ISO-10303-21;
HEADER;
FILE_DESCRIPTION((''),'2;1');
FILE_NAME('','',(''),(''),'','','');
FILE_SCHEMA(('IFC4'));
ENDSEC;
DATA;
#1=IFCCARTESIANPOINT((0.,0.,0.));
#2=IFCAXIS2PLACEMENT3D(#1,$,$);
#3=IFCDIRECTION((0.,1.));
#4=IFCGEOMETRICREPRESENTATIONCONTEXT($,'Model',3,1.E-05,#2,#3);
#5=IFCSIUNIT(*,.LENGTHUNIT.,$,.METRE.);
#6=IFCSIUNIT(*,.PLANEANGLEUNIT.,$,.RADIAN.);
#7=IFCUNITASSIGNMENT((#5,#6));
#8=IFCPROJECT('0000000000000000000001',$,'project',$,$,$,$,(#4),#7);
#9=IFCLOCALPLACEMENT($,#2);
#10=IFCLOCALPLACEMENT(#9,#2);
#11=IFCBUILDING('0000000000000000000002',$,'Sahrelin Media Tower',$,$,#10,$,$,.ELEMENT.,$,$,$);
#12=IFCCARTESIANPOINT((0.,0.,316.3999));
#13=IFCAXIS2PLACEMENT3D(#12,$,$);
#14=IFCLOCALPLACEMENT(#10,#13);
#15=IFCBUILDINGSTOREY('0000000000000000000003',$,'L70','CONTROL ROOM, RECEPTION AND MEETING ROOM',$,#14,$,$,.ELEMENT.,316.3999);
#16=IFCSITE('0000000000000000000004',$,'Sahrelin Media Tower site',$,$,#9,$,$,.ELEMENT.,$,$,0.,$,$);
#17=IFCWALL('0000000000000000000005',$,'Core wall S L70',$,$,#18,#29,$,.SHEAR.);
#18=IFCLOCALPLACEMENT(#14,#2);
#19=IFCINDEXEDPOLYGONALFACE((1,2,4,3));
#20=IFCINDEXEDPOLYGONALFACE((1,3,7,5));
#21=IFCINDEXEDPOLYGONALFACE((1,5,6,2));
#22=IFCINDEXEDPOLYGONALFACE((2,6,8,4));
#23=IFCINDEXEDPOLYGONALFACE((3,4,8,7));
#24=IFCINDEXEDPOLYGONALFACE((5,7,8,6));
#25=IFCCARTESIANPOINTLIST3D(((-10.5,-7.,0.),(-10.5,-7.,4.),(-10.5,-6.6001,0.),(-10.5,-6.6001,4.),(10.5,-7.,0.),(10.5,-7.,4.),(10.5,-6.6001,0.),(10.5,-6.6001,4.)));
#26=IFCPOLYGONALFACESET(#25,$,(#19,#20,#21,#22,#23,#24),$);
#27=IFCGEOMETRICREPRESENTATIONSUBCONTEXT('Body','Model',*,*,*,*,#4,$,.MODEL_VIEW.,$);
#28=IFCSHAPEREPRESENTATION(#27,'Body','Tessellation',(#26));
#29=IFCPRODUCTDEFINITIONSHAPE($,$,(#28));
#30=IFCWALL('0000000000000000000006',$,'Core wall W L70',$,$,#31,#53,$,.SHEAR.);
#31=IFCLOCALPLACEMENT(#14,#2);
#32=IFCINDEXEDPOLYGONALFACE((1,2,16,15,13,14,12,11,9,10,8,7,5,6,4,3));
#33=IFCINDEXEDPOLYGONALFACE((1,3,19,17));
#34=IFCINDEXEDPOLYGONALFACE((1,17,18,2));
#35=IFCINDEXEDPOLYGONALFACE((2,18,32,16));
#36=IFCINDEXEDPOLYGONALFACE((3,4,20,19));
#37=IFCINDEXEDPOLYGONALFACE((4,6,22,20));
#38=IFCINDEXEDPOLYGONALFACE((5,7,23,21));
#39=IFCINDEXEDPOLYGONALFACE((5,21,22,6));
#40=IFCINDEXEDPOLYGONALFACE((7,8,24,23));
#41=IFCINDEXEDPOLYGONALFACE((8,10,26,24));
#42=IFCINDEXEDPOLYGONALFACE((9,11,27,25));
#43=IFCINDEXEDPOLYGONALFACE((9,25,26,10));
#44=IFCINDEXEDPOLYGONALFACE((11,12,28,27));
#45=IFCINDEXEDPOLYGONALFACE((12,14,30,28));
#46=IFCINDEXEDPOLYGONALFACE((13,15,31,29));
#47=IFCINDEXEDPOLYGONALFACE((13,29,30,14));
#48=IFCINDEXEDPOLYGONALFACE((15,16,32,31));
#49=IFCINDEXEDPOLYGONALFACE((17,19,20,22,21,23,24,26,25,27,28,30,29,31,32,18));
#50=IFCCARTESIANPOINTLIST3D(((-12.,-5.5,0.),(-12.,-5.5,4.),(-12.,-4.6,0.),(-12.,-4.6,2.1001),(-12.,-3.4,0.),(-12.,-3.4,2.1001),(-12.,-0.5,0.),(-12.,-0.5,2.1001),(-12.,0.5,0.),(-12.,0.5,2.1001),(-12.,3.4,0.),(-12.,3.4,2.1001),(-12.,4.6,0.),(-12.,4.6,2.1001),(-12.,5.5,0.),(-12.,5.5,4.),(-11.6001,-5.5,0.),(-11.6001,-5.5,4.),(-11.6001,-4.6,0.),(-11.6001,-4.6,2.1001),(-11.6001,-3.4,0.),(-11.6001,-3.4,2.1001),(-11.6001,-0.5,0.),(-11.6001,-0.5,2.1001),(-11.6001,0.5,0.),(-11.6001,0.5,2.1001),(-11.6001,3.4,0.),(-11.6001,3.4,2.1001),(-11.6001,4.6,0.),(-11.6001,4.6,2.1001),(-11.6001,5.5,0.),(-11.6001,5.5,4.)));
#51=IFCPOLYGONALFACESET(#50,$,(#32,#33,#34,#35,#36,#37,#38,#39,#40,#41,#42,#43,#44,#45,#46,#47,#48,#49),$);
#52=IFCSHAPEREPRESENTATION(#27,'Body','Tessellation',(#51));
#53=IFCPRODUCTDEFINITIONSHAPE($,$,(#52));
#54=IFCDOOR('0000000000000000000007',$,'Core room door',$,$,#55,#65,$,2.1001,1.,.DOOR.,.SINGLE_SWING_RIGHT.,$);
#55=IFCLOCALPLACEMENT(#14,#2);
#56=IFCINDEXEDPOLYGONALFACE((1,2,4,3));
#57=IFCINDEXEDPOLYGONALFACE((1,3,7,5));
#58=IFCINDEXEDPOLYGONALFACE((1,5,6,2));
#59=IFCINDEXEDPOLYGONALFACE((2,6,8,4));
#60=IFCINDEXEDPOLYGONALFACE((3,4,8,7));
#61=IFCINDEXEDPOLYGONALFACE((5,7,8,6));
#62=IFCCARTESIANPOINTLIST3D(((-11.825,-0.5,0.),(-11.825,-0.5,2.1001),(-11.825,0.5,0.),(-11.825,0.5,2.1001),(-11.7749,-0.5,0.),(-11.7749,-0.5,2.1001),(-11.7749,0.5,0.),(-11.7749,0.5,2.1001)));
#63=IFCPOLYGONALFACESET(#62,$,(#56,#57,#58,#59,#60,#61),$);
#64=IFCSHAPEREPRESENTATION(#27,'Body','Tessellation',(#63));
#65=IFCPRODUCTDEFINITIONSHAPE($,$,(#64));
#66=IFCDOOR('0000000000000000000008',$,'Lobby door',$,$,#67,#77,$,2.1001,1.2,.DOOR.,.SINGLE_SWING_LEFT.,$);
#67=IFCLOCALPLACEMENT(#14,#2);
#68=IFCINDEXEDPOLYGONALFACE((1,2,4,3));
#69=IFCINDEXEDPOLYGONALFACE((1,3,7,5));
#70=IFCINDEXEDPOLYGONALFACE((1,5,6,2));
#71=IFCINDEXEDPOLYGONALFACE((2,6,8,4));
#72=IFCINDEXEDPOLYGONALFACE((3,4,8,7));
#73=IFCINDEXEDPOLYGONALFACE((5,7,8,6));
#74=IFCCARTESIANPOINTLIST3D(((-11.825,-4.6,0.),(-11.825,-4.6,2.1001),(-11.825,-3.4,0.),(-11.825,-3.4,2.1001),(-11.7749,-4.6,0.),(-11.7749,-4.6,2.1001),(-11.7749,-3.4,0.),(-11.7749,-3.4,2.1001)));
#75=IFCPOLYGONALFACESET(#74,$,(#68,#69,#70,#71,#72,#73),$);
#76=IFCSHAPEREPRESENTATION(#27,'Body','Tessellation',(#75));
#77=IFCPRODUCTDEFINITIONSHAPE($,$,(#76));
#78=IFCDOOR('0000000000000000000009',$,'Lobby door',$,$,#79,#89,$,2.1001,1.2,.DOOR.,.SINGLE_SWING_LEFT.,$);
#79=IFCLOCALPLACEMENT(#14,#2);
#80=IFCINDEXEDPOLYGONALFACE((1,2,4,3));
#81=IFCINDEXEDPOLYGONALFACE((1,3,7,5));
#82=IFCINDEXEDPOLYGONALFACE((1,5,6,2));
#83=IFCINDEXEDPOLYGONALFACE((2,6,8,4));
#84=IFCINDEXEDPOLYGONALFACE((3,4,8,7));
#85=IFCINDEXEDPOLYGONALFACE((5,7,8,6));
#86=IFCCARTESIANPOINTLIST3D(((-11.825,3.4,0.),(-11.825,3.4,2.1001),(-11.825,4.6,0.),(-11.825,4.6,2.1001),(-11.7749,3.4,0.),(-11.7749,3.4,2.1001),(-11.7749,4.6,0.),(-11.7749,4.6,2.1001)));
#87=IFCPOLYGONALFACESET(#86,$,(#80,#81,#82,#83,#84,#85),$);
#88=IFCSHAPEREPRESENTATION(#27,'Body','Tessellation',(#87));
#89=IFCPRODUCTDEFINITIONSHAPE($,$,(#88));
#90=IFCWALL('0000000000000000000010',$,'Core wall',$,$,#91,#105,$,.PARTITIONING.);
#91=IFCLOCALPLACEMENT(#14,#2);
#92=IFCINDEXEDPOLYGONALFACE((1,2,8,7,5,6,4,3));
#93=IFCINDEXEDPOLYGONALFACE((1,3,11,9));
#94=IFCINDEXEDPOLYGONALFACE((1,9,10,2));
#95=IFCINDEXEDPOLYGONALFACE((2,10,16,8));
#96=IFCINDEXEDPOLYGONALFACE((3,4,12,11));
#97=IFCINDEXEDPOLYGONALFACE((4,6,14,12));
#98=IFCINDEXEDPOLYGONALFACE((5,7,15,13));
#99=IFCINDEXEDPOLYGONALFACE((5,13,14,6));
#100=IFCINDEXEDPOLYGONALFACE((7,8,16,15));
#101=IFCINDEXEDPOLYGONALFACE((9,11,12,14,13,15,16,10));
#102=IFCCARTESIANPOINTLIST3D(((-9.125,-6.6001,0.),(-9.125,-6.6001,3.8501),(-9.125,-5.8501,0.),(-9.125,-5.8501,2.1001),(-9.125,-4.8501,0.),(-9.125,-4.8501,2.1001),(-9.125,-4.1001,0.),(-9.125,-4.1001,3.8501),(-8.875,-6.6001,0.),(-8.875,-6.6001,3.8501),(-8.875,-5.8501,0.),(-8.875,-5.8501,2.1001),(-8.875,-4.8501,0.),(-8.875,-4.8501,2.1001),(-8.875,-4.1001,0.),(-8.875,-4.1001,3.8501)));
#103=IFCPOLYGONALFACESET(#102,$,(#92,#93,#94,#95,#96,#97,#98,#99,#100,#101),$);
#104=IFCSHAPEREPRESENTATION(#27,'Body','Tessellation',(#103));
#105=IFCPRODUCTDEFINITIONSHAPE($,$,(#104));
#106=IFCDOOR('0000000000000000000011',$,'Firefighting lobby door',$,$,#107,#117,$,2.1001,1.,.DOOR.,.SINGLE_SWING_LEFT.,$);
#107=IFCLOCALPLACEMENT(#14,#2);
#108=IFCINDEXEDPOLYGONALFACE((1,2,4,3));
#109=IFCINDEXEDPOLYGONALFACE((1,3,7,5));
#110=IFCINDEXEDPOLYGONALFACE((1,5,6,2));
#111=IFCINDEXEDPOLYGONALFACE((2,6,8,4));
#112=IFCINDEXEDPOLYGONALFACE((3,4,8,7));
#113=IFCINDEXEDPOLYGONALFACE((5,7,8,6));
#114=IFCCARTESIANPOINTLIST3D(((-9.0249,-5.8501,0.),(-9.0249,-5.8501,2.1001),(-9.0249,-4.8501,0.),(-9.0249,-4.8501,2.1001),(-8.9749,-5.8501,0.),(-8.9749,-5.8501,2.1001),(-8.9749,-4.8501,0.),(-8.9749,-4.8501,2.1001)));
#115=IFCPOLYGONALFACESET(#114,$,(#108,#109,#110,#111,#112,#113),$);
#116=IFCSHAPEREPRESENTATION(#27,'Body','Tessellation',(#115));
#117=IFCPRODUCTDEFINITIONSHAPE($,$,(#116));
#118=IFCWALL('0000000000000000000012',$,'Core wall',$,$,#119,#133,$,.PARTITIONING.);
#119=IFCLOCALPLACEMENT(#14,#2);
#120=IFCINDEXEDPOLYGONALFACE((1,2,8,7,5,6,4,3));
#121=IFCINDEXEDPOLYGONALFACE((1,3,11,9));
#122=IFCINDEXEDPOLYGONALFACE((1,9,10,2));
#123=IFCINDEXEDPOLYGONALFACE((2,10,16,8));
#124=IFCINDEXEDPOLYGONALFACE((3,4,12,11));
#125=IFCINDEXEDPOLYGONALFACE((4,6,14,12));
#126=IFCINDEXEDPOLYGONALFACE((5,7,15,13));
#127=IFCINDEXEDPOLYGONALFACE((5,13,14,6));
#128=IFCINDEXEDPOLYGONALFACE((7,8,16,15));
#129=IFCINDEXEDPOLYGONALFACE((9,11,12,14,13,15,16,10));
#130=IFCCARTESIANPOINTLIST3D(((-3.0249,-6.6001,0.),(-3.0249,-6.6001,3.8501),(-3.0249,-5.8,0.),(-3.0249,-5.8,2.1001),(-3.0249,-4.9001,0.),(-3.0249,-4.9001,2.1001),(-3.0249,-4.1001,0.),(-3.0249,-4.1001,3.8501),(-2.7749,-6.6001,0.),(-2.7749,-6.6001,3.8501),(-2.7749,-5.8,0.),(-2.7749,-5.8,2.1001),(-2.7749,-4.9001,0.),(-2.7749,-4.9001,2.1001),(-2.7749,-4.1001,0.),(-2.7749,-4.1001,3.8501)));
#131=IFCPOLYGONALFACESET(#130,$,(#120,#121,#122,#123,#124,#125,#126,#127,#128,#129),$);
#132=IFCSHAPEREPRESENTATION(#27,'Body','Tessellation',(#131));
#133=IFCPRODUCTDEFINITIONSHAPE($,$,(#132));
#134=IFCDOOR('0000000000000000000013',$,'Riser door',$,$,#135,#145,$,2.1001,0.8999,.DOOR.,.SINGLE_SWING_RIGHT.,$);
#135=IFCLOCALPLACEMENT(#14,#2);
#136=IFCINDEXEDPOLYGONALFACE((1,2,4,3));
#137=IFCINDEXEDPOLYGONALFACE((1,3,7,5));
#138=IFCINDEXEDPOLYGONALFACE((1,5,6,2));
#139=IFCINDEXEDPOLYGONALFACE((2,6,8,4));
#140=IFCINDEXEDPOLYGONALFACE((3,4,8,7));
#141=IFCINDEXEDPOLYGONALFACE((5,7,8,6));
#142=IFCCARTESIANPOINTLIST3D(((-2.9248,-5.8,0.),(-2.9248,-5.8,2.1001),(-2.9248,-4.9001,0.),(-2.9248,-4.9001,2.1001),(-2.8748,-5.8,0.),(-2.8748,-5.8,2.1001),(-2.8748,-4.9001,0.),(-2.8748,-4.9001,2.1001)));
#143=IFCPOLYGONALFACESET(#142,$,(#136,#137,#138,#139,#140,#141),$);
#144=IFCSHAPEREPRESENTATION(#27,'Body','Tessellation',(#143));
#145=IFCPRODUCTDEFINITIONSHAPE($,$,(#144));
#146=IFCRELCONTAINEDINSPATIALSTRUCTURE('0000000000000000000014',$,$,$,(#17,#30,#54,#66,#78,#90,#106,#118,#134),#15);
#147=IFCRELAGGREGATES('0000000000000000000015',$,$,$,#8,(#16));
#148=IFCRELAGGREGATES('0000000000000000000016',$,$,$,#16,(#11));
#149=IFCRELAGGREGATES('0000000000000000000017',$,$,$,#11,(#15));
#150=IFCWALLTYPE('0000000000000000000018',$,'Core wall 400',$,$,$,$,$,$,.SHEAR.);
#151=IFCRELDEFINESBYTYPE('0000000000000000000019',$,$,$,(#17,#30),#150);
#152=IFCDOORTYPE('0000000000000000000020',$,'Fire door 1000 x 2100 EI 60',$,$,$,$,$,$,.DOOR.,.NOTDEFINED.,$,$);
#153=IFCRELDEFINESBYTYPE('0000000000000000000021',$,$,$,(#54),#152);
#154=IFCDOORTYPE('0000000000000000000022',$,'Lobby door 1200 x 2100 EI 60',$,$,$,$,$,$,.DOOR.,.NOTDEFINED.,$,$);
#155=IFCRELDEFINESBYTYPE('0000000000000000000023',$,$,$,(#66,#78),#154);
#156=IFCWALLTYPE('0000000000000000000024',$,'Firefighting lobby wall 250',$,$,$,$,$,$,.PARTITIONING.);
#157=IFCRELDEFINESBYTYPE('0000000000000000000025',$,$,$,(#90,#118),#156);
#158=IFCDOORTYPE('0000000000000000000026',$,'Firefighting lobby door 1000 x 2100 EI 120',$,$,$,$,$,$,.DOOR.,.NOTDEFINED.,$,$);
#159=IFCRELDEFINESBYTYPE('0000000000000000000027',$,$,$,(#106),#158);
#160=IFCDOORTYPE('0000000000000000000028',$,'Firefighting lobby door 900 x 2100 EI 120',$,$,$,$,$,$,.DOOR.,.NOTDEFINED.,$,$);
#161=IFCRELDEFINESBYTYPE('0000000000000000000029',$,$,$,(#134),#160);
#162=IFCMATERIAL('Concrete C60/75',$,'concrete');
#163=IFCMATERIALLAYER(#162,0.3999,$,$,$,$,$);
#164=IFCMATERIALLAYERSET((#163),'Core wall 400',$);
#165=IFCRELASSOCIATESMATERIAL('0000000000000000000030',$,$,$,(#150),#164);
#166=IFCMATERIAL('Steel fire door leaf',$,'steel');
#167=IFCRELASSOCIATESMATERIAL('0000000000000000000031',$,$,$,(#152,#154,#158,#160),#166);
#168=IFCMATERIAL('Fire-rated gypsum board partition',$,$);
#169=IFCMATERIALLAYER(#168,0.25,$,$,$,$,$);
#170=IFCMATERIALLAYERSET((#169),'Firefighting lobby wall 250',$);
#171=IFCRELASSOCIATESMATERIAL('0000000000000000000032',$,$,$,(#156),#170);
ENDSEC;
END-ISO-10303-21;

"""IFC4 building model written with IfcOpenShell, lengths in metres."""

from ifc_helpers import new_model, si_unit, direction, frame, frame_2d, origin, place, context, subcontext, project, spatial, rectangle, extrude, material, layer, layer_set, type_object, element, fill, save


model = new_model("IFC4")

# Units and contexts
model_context = context("Model", 3, precision=1e-05, world=origin(), true_north=direction((0.0, 1.0)))
body_context = subcontext(model_context, "Body", "Model", "MODEL_VIEW")
ifc_project = project(units=[si_unit("LENGTHUNIT", "METRE"), si_unit("PLANEANGLEUNIT", "RADIAN")], contexts=[model_context])

# Site, building, storey
site_placement = place(None, origin())
site = spatial("IfcSite", under=ifc_project, at=site_placement, Name="Sahrelin Media Tower site", CompositionType="ELEMENT", RefElevation=0.0)
building_placement = place(site_placement, origin())
building = spatial("IfcBuilding", under=site, at=building_placement, Name="Sahrelin Media Tower", CompositionType="ELEMENT")
storey_placement = place(building_placement, frame((0.0, 0.0, 316.3999)))
storey = spatial("IfcBuildingStorey", under=building, at=storey_placement, Name="L70", Description="CONTROL ROOM, RECEPTION AND MEETING ROOM", CompositionType="ELEMENT", Elevation=316.3999)

# Wall
ifc_material_1 = material(Name="Concrete C60/75", Category="concrete")
ifc_layer_1 = layer(ifc_material_1, 0.3999)
ifc_layer_set_1 = layer_set([ifc_layer_1], Name="Core wall 400")
wall_type_1 = type_object("IfcWallType", Name="Core wall 400", PredefinedType="SHEAR", material=ifc_layer_set_1)
wall_1_placement = place(storey_placement, frame((-10.5, -6.8, 0.0), z_axis=(0.0, 0.0, 1.0), x_axis=(1.0, 0.0, 0.0)))
element("IfcWall", 1, at=wall_1_placement, inside=storey, type_object=wall_type_1, Name="Core wall S L70", PredefinedType="SHEAR", context=body_context, shape_type="SweptSolid", body=[
    extrude(rectangle(XDim=21.0, YDim=0.3999, at=frame_2d((10.5, 0.0))), origin(), (0.0, 0.0, 1.0), 4.0),
])

# Wall, openings, doors
wall_2_placement = place(storey_placement, frame((-11.8, -5.5, 0.0), z_axis=(0.0, 0.0, 1.0), x_axis=(0.0, 1.0, 0.0)))
wall_2 = element("IfcWall", 2, at=wall_2_placement, inside=storey, type_object=wall_type_1, Name="Core wall W L70", PredefinedType="SHEAR", context=body_context, shape_type="SweptSolid", body=[
    extrude(rectangle(XDim=11.0, YDim=0.3999, at=frame_2d((5.5, 0.0))), origin(), (0.0, 0.0, 1.0), 4.0),
])
opening_1_placement = place(wall_2_placement, frame((5.0, 0.0, 0.0)))
opening_1 = element("IfcOpeningElement", 3, at=opening_1_placement, cuts=wall_2, PredefinedType="OPENING", context=body_context, shape_type="SweptSolid", body=[
    extrude(rectangle(XDim=1.0, YDim=2.1001, at=frame_2d((0.5, 1.05))), frame((0.0, 0.2, 0.0), z_axis=(0.0, -1.0, 0.0), x_axis=(1.0, 0.0, 0.0)), (0.0, 0.0, 1.0), 0.3999),
])
opening_2_placement = place(wall_2_placement, frame((0.8999, 0.0, 0.0)))
opening_2 = element("IfcOpeningElement", 4, at=opening_2_placement, cuts=wall_2, PredefinedType="OPENING", context=body_context, shape_type="SweptSolid", body=[
    extrude(rectangle(XDim=1.2, YDim=2.1001, at=frame_2d((0.6001, 1.05))), frame((0.0, 0.2, 0.0), z_axis=(0.0, -1.0, 0.0), x_axis=(1.0, 0.0, 0.0)), (0.0, 0.0, 1.0), 0.3999),
])
opening_3_placement = place(wall_2_placement, frame((8.8999, 0.0, 0.0)))
opening_3 = element("IfcOpeningElement", 5, at=opening_3_placement, cuts=wall_2, PredefinedType="OPENING", context=body_context, shape_type="SweptSolid", body=[
    extrude(rectangle(XDim=1.2, YDim=2.1001, at=frame_2d((0.6001, 1.05))), frame((0.0, 0.2, 0.0), z_axis=(0.0, -1.0, 0.0), x_axis=(1.0, 0.0, 0.0)), (0.0, 0.0, 1.0), 0.3999),
])
ifc_material_2 = material(Name="Steel fire door leaf", Category="steel")
door_type_1 = type_object("IfcDoorType", Name="Fire door 1000 x 2100 EI 60", OperationType="NOTDEFINED", PredefinedType="DOOR", material=ifc_material_2)
door_1_placement = place(opening_1_placement, origin())
door_1 = element("IfcDoor", 6, at=door_1_placement, inside=storey, type_object=door_type_1, Name="Core room door", OperationType="SINGLE_SWING_RIGHT", OverallHeight=2.1001, OverallWidth=1.0, PredefinedType="DOOR", context=body_context, shape_type="SweptSolid", body=[
    extrude(rectangle(XDim=1.0, YDim=2.1001, at=frame_2d((0.5, 1.05))), frame((0.0, 0.0249, 0.0), z_axis=(0.0, -1.0, 0.0), x_axis=(1.0, 0.0, 0.0)), (0.0, 0.0, 1.0), 0.05),
])
fill(opening_1, door_1)
door_type_2 = type_object("IfcDoorType", Name="Lobby door 1200 x 2100 EI 60", OperationType="NOTDEFINED", PredefinedType="DOOR", material=ifc_material_2)
door_2_placement = place(opening_2_placement, origin())
door_2 = element("IfcDoor", 7, at=door_2_placement, inside=storey, type_object=door_type_2, Name="Lobby door", OperationType="SINGLE_SWING_LEFT", OverallHeight=2.1001, OverallWidth=1.2, PredefinedType="DOOR", context=body_context, shape_type="SweptSolid", body=[
    extrude(rectangle(XDim=1.2, YDim=2.1001, at=frame_2d((0.6001, 1.05))), frame((0.0, 0.0249, 0.0), z_axis=(0.0, -1.0, 0.0), x_axis=(1.0, 0.0, 0.0)), (0.0, 0.0, 1.0), 0.05),
])
fill(opening_2, door_2)
door_3_placement = place(opening_3_placement, origin())
door_3 = element("IfcDoor", 8, at=door_3_placement, inside=storey, type_object=door_type_2, Name="Lobby door", OperationType="SINGLE_SWING_LEFT", OverallHeight=2.1001, OverallWidth=1.2, PredefinedType="DOOR", context=body_context, shape_type="SweptSolid", body=[
    extrude(rectangle(XDim=1.2, YDim=2.1001, at=frame_2d((0.6001, 1.05))), frame((0.0, 0.0249, 0.0), z_axis=(0.0, -1.0, 0.0), x_axis=(1.0, 0.0, 0.0)), (0.0, 0.0, 1.0), 0.05),
])
fill(opening_3, door_3)

# Walls, openings, doors
ifc_material_3 = material(Name="Fire-rated gypsum board partition")
ifc_layer_2 = layer(ifc_material_3, 0.25)
ifc_layer_set_2 = layer_set([ifc_layer_2], Name="Firefighting lobby wall 250")
wall_type_2 = type_object("IfcWallType", Name="Firefighting lobby wall 250", PredefinedType="PARTITIONING", material=ifc_layer_set_2)
wall_3_placement = place(storey_placement, frame((-9.0, -6.6001, 0.0), z_axis=(0.0, 0.0, 1.0), x_axis=(0.0, 1.0, 0.0)))
wall_3 = element("IfcWall", 9, at=wall_3_placement, inside=storey, type_object=wall_type_2, Name="Core wall", PredefinedType="PARTITIONING", context=body_context, shape_type="SweptSolid", body=[
    extrude(rectangle(XDim=2.5, YDim=0.25, at=frame_2d((1.25, 0.0))), origin(), (0.0, 0.0, 1.0), 3.8501),
])
opening_4_placement = place(wall_3_placement, frame((0.75, 0.0, 0.0)))
opening_4 = element("IfcOpeningElement", 10, at=opening_4_placement, cuts=wall_3, PredefinedType="OPENING", context=body_context, shape_type="SweptSolid", body=[
    extrude(rectangle(XDim=1.0, YDim=2.1001, at=frame_2d((0.5, 1.05))), frame((0.0, 0.125, 0.0), z_axis=(0.0, -1.0, 0.0), x_axis=(1.0, 0.0, 0.0)), (0.0, 0.0, 1.0), 0.25),
])
door_type_3 = type_object("IfcDoorType", Name="Firefighting lobby door 1000 x 2100 EI 120", OperationType="NOTDEFINED", PredefinedType="DOOR", material=ifc_material_2)
door_4_placement = place(opening_4_placement, origin())
door_4 = element("IfcDoor", 11, at=door_4_placement, inside=storey, type_object=door_type_3, Name="Firefighting lobby door", OperationType="SINGLE_SWING_LEFT", OverallHeight=2.1001, OverallWidth=1.0, PredefinedType="DOOR", context=body_context, shape_type="SweptSolid", body=[
    extrude(rectangle(XDim=1.0, YDim=2.1001, at=frame_2d((0.5, 1.05))), frame((0.0, 0.0249, 0.0), z_axis=(0.0, -1.0, 0.0), x_axis=(1.0, 0.0, 0.0)), (0.0, 0.0, 1.0), 0.05),
])
fill(opening_4, door_4)
wall_4_placement = place(storey_placement, frame((-2.8999, -6.6001, 0.0), z_axis=(0.0, 0.0, 1.0), x_axis=(0.0, 1.0, 0.0)))
wall_4 = element("IfcWall", 12, at=wall_4_placement, inside=storey, type_object=wall_type_2, Name="Core wall", PredefinedType="PARTITIONING", context=body_context, shape_type="SweptSolid", body=[
    extrude(rectangle(XDim=2.5, YDim=0.25, at=frame_2d((1.25, 0.0))), origin(), (0.0, 0.0, 1.0), 3.8501),
])
opening_5_placement = place(wall_4_placement, frame((0.8, 0.0, 0.0)))
opening_5 = element("IfcOpeningElement", 13, at=opening_5_placement, cuts=wall_4, PredefinedType="OPENING", context=body_context, shape_type="SweptSolid", body=[
    extrude(rectangle(XDim=0.8999, YDim=2.1001, at=frame_2d((0.45, 1.05))), frame((0.0, 0.125, 0.0), z_axis=(0.0, -1.0, 0.0), x_axis=(1.0, 0.0, 0.0)), (0.0, 0.0, 1.0), 0.25),
])
door_type_4 = type_object("IfcDoorType", Name="Firefighting lobby door 900 x 2100 EI 120", OperationType="NOTDEFINED", PredefinedType="DOOR", material=ifc_material_2)
door_5_placement = place(opening_5_placement, origin())
door_5 = element("IfcDoor", 14, at=door_5_placement, inside=storey, type_object=door_type_4, Name="Riser door", OperationType="SINGLE_SWING_RIGHT", OverallHeight=2.1001, OverallWidth=0.8999, PredefinedType="DOOR", context=body_context, shape_type="SweptSolid", body=[
    extrude(rectangle(XDim=0.8999, YDim=2.1001, at=frame_2d((0.45, 1.05))), frame((0.0, 0.0249, 0.0), z_axis=(0.0, -1.0, 0.0), x_axis=(1.0, 0.0, 0.0)), (0.0, 0.0, 1.0), 0.05),
])
fill(opening_5, door_5)

save(model, "model.ifc")
